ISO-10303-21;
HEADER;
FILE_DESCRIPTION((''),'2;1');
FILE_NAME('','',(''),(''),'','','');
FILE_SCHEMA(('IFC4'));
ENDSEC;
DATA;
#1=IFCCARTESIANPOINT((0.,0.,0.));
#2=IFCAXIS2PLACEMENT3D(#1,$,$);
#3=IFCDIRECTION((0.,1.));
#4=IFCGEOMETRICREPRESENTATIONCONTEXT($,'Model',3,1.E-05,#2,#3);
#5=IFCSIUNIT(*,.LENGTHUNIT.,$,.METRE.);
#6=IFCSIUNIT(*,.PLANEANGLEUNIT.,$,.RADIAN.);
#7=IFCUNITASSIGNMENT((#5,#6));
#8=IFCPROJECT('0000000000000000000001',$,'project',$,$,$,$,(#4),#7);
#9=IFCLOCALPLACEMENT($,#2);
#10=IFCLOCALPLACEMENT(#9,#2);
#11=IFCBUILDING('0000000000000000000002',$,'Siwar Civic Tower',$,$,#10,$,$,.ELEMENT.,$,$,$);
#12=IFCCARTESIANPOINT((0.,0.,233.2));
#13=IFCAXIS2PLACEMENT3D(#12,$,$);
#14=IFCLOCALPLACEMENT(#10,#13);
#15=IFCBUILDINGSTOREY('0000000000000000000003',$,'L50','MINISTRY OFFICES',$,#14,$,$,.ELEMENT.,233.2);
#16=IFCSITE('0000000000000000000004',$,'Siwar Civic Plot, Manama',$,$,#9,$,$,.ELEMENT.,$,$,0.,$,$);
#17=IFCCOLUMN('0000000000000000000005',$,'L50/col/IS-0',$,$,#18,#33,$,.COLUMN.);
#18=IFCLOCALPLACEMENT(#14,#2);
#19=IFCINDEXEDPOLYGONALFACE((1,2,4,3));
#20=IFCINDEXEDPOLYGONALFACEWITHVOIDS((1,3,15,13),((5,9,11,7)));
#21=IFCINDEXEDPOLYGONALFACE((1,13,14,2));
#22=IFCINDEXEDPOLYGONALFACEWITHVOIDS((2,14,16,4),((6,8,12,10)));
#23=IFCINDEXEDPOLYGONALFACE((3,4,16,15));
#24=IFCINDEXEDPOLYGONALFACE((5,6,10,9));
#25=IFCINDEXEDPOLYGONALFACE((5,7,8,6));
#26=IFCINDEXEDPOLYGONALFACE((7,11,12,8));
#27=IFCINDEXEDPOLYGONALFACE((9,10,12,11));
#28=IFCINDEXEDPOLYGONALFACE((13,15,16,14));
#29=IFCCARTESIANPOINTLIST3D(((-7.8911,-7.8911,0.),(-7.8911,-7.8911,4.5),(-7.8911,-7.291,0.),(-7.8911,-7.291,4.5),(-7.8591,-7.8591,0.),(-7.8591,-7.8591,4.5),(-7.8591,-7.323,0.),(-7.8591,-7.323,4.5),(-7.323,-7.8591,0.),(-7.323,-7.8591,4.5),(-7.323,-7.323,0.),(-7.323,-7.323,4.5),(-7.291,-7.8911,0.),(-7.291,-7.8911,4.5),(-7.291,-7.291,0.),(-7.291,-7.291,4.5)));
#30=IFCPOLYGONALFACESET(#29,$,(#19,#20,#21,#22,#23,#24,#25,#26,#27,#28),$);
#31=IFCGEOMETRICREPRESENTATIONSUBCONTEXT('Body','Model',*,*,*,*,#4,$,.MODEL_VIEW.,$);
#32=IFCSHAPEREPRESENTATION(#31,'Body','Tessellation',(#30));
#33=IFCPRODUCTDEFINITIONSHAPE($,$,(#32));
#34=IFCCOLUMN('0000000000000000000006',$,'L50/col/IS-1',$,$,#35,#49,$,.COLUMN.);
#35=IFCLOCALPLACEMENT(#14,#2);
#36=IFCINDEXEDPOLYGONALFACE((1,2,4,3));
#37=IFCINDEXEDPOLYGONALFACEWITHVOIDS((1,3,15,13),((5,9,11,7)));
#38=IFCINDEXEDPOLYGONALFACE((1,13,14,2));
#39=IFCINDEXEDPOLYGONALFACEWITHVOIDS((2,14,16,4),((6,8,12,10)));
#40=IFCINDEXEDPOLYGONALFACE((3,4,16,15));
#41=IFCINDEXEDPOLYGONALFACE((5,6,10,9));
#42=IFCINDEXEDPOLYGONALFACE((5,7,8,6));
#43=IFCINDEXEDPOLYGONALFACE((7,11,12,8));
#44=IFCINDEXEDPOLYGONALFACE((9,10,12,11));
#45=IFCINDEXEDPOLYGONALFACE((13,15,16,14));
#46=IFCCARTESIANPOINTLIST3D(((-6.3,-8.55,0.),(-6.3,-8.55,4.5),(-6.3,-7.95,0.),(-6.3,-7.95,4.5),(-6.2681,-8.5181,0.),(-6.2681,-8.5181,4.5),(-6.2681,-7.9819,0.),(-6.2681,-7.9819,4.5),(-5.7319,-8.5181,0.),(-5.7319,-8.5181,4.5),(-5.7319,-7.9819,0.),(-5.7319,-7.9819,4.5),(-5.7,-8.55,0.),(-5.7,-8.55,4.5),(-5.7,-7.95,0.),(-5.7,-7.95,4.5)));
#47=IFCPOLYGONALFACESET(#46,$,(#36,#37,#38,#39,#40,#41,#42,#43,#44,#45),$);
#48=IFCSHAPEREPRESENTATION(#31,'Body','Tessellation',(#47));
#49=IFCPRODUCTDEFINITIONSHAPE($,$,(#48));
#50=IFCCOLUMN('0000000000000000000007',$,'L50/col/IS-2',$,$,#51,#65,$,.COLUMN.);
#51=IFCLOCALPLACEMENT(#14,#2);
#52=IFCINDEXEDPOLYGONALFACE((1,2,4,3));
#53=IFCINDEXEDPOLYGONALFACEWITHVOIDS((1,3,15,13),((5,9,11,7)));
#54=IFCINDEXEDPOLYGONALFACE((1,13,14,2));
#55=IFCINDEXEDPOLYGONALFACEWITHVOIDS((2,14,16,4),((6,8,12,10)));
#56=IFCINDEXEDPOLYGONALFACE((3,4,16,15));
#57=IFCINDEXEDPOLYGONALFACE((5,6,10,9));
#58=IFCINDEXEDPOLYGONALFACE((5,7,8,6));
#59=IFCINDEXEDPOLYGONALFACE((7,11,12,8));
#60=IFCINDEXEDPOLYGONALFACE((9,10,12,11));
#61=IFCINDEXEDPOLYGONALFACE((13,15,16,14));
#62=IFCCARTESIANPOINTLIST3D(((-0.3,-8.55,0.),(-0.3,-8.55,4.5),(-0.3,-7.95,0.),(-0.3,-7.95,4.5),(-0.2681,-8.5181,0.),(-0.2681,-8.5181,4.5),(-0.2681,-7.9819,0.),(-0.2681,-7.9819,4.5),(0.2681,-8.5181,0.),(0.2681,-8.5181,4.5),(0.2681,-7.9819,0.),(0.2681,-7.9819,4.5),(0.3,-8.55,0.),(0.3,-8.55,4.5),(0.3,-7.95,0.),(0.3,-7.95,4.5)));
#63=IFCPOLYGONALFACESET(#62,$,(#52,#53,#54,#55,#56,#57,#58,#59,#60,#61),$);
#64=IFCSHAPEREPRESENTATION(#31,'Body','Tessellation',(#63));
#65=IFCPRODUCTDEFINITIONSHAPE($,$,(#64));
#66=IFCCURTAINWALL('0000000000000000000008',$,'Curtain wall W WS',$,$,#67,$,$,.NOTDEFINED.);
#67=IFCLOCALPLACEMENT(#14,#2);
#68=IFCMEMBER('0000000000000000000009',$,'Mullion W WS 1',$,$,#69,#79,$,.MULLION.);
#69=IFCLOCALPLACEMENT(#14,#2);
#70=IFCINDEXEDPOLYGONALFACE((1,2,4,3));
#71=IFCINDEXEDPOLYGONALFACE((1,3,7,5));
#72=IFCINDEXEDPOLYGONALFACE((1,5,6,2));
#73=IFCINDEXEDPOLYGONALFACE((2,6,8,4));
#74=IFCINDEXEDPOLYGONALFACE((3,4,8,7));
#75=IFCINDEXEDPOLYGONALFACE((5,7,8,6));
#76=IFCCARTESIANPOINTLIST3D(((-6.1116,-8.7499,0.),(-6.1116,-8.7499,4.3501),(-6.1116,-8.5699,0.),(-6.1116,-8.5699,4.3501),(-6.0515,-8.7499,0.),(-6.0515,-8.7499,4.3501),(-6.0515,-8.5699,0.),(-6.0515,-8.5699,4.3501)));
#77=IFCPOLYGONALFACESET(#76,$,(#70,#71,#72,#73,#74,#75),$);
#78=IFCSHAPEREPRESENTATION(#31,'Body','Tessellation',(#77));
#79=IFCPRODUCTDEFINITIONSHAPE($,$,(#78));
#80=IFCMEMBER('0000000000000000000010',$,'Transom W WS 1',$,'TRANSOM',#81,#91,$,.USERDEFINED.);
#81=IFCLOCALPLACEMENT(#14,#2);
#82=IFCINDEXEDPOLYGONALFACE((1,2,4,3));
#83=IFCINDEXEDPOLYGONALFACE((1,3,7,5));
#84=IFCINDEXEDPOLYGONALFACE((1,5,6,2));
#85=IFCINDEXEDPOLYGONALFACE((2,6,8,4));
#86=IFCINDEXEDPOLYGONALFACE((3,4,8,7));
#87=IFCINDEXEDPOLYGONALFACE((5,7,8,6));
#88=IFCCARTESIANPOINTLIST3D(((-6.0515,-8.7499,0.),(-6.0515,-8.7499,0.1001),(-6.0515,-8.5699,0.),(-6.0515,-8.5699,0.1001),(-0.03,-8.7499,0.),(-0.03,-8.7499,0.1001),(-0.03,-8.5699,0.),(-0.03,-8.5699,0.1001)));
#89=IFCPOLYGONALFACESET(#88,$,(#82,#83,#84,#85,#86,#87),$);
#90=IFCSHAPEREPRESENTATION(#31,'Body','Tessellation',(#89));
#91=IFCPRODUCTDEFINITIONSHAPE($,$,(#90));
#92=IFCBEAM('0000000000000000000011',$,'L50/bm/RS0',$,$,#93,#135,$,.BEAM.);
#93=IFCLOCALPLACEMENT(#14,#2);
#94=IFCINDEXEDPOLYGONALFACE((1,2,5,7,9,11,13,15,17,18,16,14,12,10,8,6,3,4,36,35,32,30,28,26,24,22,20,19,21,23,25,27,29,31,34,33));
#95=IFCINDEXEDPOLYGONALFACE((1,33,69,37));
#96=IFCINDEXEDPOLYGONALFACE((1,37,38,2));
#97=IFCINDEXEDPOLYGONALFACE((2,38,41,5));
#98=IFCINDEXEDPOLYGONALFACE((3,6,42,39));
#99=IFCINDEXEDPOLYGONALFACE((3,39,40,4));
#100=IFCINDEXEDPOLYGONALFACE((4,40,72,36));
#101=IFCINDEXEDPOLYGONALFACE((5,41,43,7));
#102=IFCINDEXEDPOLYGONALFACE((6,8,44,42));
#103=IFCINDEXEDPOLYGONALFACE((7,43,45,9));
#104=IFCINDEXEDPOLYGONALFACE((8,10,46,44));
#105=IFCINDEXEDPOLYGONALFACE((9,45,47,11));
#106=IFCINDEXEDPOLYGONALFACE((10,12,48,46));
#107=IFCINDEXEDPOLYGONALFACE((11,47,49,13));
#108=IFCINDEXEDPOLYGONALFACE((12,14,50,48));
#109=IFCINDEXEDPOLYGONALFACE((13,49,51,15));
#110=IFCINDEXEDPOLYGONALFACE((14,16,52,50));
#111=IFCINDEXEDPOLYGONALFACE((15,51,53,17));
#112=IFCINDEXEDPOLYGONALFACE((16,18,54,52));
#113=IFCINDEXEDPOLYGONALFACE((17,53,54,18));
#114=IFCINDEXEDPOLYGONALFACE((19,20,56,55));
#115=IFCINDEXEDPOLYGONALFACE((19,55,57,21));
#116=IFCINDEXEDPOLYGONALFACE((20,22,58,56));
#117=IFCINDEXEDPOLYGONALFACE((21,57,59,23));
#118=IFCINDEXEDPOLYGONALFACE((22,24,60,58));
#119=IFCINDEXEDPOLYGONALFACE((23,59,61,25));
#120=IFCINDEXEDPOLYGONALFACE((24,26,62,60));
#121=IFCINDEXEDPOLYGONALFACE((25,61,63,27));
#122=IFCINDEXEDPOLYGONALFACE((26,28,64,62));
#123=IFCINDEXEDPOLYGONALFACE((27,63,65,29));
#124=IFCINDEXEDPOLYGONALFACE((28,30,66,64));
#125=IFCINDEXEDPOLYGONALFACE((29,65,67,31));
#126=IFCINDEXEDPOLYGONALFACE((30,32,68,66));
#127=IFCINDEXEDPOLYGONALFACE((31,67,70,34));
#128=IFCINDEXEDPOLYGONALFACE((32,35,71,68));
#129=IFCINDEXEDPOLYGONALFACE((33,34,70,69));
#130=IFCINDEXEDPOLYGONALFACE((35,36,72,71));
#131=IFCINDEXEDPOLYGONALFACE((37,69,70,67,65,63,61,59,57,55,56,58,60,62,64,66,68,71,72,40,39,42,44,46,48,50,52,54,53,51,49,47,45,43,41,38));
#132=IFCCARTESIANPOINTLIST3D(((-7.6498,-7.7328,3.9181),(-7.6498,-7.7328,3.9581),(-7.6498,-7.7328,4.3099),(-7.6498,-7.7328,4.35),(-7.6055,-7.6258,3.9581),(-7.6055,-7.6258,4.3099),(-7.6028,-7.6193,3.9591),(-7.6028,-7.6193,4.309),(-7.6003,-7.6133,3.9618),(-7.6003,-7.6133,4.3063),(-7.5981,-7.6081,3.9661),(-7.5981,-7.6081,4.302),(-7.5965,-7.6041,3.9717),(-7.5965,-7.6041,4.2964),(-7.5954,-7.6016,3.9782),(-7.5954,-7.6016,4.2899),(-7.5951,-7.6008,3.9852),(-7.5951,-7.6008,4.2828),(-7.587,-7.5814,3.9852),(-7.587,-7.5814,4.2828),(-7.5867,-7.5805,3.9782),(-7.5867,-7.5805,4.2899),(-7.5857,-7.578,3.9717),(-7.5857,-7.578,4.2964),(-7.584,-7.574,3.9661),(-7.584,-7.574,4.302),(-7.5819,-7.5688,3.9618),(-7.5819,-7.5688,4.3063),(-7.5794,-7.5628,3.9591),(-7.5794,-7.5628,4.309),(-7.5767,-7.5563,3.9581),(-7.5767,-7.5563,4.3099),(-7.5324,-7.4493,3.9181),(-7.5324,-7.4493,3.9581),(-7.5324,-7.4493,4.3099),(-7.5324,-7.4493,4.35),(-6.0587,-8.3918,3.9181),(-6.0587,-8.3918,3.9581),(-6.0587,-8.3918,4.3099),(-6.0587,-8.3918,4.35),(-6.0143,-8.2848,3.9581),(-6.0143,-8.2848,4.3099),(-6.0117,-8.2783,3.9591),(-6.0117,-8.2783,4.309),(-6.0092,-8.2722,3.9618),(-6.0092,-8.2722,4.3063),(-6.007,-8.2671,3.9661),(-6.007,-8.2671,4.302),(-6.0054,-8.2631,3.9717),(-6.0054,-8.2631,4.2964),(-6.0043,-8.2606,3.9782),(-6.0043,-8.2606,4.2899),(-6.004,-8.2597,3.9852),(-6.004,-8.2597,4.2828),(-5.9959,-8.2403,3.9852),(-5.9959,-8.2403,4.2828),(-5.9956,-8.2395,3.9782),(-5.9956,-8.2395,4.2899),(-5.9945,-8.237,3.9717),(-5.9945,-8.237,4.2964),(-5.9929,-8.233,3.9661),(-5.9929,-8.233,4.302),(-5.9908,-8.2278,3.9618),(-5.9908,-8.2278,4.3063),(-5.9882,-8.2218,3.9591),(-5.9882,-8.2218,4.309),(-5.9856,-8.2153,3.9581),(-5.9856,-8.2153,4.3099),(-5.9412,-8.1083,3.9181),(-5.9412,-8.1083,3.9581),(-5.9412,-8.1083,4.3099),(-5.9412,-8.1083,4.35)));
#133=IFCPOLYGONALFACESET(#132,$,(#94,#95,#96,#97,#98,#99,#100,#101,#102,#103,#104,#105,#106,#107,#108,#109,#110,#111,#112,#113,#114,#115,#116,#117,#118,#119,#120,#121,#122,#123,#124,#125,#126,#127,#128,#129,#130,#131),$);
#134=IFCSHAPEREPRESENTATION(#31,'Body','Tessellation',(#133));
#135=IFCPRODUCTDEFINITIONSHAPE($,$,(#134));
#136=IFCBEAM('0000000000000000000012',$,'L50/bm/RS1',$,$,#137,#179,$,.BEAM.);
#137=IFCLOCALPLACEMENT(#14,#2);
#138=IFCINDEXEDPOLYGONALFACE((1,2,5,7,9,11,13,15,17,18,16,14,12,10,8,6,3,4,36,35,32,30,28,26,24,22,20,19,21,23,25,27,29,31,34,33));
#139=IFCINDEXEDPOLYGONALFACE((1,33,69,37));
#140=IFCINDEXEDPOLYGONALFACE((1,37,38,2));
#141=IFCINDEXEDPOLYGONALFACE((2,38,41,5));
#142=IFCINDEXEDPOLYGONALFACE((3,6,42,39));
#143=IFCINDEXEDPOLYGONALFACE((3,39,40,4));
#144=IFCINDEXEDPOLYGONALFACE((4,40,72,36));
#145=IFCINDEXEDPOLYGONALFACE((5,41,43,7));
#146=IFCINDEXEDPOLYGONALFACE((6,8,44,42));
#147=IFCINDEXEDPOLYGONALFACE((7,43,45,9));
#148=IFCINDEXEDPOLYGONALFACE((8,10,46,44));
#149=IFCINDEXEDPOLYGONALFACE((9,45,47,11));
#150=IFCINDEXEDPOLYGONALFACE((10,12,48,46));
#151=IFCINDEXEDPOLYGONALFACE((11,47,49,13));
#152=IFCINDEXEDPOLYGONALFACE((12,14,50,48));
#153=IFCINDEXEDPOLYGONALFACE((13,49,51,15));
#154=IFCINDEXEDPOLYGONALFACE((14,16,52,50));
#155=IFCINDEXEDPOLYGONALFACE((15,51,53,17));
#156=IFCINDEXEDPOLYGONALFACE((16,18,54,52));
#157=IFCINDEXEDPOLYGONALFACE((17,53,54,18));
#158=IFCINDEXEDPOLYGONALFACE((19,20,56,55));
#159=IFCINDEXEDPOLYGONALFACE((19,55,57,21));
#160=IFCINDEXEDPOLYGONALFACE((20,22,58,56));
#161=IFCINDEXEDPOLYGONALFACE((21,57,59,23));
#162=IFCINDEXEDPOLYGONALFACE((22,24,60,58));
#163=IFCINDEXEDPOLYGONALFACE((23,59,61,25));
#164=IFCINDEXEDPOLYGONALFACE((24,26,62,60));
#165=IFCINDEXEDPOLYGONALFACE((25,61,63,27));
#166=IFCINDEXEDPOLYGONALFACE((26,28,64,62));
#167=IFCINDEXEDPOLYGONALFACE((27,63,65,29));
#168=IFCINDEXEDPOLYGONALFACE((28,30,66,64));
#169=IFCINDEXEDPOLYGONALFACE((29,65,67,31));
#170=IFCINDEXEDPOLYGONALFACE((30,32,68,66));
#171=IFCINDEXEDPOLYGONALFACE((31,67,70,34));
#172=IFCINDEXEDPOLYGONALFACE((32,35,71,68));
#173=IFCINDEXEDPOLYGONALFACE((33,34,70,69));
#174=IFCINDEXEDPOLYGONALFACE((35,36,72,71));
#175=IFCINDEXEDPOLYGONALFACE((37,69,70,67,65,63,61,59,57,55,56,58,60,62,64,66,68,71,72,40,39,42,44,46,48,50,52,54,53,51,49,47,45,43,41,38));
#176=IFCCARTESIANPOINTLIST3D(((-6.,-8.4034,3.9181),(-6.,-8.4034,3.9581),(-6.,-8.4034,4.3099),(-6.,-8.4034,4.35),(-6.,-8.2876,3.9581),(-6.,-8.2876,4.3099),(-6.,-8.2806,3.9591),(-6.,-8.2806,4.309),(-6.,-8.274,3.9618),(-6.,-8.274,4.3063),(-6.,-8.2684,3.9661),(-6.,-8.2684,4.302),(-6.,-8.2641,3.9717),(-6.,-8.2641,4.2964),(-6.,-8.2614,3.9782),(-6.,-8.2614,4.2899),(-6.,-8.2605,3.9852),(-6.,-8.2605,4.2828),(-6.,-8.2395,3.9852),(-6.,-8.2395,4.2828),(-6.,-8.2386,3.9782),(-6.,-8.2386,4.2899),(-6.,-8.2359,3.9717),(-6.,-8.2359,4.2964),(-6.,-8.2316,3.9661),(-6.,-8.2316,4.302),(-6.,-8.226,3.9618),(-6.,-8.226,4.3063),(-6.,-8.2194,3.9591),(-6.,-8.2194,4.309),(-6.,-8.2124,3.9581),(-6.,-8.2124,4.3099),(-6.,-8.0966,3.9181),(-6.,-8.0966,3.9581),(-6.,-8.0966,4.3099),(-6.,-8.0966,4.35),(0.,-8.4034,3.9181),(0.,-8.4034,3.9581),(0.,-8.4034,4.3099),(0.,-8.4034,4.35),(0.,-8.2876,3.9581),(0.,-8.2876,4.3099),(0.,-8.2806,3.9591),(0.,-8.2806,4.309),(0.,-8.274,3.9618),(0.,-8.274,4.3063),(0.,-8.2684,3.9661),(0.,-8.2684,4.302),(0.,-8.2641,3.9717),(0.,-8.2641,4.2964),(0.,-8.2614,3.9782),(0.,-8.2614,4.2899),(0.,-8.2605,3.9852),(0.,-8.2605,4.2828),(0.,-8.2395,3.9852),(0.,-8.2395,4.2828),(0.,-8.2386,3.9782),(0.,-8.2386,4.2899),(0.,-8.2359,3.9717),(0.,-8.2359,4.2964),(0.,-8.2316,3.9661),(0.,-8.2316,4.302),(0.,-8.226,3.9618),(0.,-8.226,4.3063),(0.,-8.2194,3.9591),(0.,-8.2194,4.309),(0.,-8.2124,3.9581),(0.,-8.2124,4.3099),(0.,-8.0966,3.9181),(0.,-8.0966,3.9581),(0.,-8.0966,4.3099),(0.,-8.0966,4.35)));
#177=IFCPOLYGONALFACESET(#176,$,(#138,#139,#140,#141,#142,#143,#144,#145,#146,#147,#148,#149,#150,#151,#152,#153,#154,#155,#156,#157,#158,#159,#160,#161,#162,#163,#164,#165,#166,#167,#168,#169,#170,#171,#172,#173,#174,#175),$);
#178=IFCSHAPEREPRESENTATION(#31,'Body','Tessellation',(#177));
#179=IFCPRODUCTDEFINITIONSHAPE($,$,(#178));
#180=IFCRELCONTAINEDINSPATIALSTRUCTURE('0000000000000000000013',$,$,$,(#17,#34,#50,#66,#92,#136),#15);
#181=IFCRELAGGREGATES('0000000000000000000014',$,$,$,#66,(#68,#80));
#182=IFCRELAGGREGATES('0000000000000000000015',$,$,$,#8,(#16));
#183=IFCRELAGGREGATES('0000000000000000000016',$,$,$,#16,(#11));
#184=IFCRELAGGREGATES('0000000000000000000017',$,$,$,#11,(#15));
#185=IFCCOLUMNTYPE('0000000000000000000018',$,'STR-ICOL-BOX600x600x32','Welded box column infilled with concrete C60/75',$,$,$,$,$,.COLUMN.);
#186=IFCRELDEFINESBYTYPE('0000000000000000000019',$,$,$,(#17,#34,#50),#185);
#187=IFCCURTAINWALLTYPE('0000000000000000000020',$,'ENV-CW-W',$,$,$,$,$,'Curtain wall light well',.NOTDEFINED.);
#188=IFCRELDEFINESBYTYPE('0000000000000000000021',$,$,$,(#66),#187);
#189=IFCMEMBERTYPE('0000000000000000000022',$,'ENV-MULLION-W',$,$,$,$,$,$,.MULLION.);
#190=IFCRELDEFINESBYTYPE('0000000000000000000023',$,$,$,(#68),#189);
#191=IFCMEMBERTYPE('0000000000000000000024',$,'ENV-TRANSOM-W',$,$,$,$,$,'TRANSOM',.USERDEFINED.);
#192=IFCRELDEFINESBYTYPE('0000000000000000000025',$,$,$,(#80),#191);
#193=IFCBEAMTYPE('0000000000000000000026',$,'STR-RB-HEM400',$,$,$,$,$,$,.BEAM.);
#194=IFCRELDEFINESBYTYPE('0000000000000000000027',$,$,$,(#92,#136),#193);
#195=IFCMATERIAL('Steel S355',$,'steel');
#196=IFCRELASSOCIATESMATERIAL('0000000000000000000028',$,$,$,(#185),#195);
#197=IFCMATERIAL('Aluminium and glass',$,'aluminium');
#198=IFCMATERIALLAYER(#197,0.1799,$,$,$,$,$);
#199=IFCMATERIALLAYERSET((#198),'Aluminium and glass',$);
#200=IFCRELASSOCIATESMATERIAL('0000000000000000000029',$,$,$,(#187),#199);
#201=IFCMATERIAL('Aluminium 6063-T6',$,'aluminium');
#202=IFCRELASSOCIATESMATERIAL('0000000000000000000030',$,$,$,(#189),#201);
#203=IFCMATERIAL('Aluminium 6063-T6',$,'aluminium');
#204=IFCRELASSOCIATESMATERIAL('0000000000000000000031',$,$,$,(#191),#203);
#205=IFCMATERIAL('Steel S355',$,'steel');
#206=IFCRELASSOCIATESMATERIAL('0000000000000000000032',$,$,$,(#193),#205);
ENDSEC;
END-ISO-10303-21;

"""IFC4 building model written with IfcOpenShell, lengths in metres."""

from ifc_helpers import new_model, si_unit, direction, frame, origin, origin_2d, place, context, subcontext, project, spatial, rectangle, hollow_rectangle, i_section, extrude, material, layer, layer_set, material_profile, profile_set, type_object, element, aggregate, save


model = new_model("IFC4")

# Units and contexts
model_context = context("Model", 3, precision=1e-05, world=origin(), true_north=direction((0.0, 1.0)))
body_context = subcontext(model_context, "Body", "Model", "MODEL_VIEW")
ifc_project = project(units=[si_unit("LENGTHUNIT", "METRE"), si_unit("PLANEANGLEUNIT", "RADIAN")], contexts=[model_context])

# Site, building, storey
site_placement = place(None, origin())
site = spatial("IfcSite", under=ifc_project, at=site_placement, Name="Siwar Civic Plot, Manama", CompositionType="ELEMENT", RefElevation=0.0)
building_placement = place(site_placement, origin())
building = spatial("IfcBuilding", under=site, at=building_placement, Name="Siwar Civic Tower", CompositionType="ELEMENT")
storey_placement = place(building_placement, frame((0.0, 0.0, 233.2)))
storey = spatial("IfcBuildingStorey", under=building, at=storey_placement, Name="L50", Description="MINISTRY OFFICES", CompositionType="ELEMENT", Elevation=233.2)

# Columns
ifc_material_1 = material(Name="Steel S355", Category="steel")
ifc_material_profile_1 = material_profile(ifc_material_1, hollow_rectangle(XDim=0.6001, YDim=0.6001, WallThickness=0.032, at=origin_2d()), Name="BOX600x600x32")
ifc_profile_set_1 = profile_set([ifc_material_profile_1], Name="Steel S355")
column_type = type_object("IfcColumnType", Name="STR-ICOL-BOX600x600x32", Description="Welded box column infilled with concrete C60/75", PredefinedType="COLUMN", material=ifc_profile_set_1)
for number, where, z_axis, x_axis, name in (
    (1, (-7.5911, -7.5911, 0.0), (0.0, 0.0, 1.0), (1.0, 0.0, 0.0), "L50/col/IS-0"),
    (2, (-6.0, -8.25, 0.0), (0.0, 0.0, 1.0), (1.0, 0.0, 0.0), "L50/col/IS-1"),
    (3, (0.0, -8.25, 0.0), (0.0, 0.0, 1.0), (1.0, 0.0, 0.0), "L50/col/IS-2"),
):
    element("IfcColumn", number, at=place(storey_placement, frame(where, z_axis=z_axis, x_axis=x_axis)), inside=storey, type_object=column_type, Name=name, PredefinedType="COLUMN", context=body_context, shape_type="SweptSolid", body=[
        extrude(hollow_rectangle(XDim=0.6001, YDim=0.6001, WallThickness=0.032, at=origin_2d()), origin(), (0.0, 0.0, 1.0), 4.5),
    ])

# Curtain wall, members
ifc_material_2 = material(Name="Aluminium and glass", Category="aluminium")
ifc_layer_1 = layer(ifc_material_2, 0.1799)
ifc_layer_set_1 = layer_set([ifc_layer_1], Name="Aluminium and glass")
curtain_wall_type = type_object("IfcCurtainWallType", Name="ENV-CW-W", ElementType="Curtain wall light well", PredefinedType="NOTDEFINED", material=ifc_layer_set_1)
curtain_wall_placement = place(storey_placement, origin())
curtain_wall = element("IfcCurtainWall", 4, at=curtain_wall_placement, inside=storey, type_object=curtain_wall_type, Name="Curtain wall W WS", PredefinedType="NOTDEFINED")
ifc_material_3 = material(Name="Aluminium 6063-T6", Category="aluminium")
ifc_material_profile_2 = material_profile(ifc_material_3, rectangle(XDim=0.1799, YDim=0.0601, at=origin_2d()), Name="AL 180x60")
ifc_profile_set_2 = profile_set([ifc_material_profile_2], Name="Aluminium 6063-T6")
member_type_1 = type_object("IfcMemberType", Name="ENV-MULLION-W", PredefinedType="MULLION", material=ifc_profile_set_2)
member_1_placement = place(storey_placement, frame((-6.0815, -8.6599, 0.0), z_axis=(0.0, 0.0, 1.0), x_axis=(0.0, 1.0, 0.0)))
member_1 = element("IfcMember", 5, at=member_1_placement, type_object=member_type_1, Name="Mullion W WS 1", PredefinedType="MULLION", context=body_context, shape_type="SweptSolid", body=[
    extrude(rectangle(XDim=0.1799, YDim=0.0601, at=origin_2d()), origin(), (0.0, 0.0, 1.0), 4.3501),
])
ifc_material_4 = material(Name="Aluminium 6063-T6", Category="aluminium")
ifc_material_profile_3 = material_profile(ifc_material_4, rectangle(XDim=0.1799, YDim=0.1001, at=origin_2d()), Name="AL 180x100")
ifc_profile_set_3 = profile_set([ifc_material_profile_3], Name="Aluminium 6063-T6")
member_type_2 = type_object("IfcMemberType", Name="ENV-TRANSOM-W", ElementType="TRANSOM", PredefinedType="USERDEFINED", material=ifc_profile_set_3)
member_2_placement = place(storey_placement, frame((-6.0515, -8.6599, 0.05), z_axis=(1.0, 0.0, 0.0), x_axis=(0.0, 1.0, 0.0)))
member_2 = element("IfcMember", 6, at=member_2_placement, type_object=member_type_2, Name="Transom W WS 1", ObjectType="TRANSOM", PredefinedType="USERDEFINED", context=body_context, shape_type="SweptSolid", body=[
    extrude(rectangle(XDim=0.1799, YDim=0.1001, at=origin_2d()), origin(), (0.0, 0.0, 1.0), 6.0215),
])

# Beams
ifc_material_5 = material(Name="Steel S355", Category="steel")
ifc_material_profile_4 = material_profile(ifc_material_5, i_section(OverallWidth=0.3069, OverallDepth=0.4319, WebThickness=0.021, FlangeThickness=0.04, FilletRadius=0.0271, at=origin_2d()), Name="HEM400")
ifc_profile_set_4 = profile_set([ifc_material_profile_4], Name="Steel S355")
beam_type = type_object("IfcBeamType", Name="STR-RB-HEM400", PredefinedType="BEAM", material=ifc_profile_set_4)
beam_1_placement = place(storey_placement, frame((-7.5911, -7.5911, 4.134), z_axis=(0.923901, -0.382631, 0.0), x_axis=(0.382631, 0.923901, 0.0)))
element("IfcBeam", 7, at=beam_1_placement, inside=storey, type_object=beam_type, Name="L50/bm/RS0", PredefinedType="BEAM", context=body_context, shape_type="SweptSolid", body=[
    extrude(i_section(OverallWidth=0.3069, OverallDepth=0.4319, WebThickness=0.021, FlangeThickness=0.04, FilletRadius=0.0271, at=origin_2d()), origin(), (0.0, 0.0, 1.0), 1.7222),
])
beam_2_placement = place(storey_placement, frame((-6.0, -8.25, 4.134), z_axis=(1.0, 0.0, 0.0), x_axis=(0.0, 1.0, 0.0)))
element("IfcBeam", 8, at=beam_2_placement, inside=storey, type_object=beam_type, Name="L50/bm/RS1", PredefinedType="BEAM", context=body_context, shape_type="SweptSolid", body=[
    extrude(i_section(OverallWidth=0.3069, OverallDepth=0.4319, WebThickness=0.021, FlangeThickness=0.04, FilletRadius=0.0271, at=origin_2d()), origin(), (0.0, 0.0, 1.0), 6.0),
])

aggregate(curtain_wall, [member_1, member_2])

save(model, "model.ifc")
